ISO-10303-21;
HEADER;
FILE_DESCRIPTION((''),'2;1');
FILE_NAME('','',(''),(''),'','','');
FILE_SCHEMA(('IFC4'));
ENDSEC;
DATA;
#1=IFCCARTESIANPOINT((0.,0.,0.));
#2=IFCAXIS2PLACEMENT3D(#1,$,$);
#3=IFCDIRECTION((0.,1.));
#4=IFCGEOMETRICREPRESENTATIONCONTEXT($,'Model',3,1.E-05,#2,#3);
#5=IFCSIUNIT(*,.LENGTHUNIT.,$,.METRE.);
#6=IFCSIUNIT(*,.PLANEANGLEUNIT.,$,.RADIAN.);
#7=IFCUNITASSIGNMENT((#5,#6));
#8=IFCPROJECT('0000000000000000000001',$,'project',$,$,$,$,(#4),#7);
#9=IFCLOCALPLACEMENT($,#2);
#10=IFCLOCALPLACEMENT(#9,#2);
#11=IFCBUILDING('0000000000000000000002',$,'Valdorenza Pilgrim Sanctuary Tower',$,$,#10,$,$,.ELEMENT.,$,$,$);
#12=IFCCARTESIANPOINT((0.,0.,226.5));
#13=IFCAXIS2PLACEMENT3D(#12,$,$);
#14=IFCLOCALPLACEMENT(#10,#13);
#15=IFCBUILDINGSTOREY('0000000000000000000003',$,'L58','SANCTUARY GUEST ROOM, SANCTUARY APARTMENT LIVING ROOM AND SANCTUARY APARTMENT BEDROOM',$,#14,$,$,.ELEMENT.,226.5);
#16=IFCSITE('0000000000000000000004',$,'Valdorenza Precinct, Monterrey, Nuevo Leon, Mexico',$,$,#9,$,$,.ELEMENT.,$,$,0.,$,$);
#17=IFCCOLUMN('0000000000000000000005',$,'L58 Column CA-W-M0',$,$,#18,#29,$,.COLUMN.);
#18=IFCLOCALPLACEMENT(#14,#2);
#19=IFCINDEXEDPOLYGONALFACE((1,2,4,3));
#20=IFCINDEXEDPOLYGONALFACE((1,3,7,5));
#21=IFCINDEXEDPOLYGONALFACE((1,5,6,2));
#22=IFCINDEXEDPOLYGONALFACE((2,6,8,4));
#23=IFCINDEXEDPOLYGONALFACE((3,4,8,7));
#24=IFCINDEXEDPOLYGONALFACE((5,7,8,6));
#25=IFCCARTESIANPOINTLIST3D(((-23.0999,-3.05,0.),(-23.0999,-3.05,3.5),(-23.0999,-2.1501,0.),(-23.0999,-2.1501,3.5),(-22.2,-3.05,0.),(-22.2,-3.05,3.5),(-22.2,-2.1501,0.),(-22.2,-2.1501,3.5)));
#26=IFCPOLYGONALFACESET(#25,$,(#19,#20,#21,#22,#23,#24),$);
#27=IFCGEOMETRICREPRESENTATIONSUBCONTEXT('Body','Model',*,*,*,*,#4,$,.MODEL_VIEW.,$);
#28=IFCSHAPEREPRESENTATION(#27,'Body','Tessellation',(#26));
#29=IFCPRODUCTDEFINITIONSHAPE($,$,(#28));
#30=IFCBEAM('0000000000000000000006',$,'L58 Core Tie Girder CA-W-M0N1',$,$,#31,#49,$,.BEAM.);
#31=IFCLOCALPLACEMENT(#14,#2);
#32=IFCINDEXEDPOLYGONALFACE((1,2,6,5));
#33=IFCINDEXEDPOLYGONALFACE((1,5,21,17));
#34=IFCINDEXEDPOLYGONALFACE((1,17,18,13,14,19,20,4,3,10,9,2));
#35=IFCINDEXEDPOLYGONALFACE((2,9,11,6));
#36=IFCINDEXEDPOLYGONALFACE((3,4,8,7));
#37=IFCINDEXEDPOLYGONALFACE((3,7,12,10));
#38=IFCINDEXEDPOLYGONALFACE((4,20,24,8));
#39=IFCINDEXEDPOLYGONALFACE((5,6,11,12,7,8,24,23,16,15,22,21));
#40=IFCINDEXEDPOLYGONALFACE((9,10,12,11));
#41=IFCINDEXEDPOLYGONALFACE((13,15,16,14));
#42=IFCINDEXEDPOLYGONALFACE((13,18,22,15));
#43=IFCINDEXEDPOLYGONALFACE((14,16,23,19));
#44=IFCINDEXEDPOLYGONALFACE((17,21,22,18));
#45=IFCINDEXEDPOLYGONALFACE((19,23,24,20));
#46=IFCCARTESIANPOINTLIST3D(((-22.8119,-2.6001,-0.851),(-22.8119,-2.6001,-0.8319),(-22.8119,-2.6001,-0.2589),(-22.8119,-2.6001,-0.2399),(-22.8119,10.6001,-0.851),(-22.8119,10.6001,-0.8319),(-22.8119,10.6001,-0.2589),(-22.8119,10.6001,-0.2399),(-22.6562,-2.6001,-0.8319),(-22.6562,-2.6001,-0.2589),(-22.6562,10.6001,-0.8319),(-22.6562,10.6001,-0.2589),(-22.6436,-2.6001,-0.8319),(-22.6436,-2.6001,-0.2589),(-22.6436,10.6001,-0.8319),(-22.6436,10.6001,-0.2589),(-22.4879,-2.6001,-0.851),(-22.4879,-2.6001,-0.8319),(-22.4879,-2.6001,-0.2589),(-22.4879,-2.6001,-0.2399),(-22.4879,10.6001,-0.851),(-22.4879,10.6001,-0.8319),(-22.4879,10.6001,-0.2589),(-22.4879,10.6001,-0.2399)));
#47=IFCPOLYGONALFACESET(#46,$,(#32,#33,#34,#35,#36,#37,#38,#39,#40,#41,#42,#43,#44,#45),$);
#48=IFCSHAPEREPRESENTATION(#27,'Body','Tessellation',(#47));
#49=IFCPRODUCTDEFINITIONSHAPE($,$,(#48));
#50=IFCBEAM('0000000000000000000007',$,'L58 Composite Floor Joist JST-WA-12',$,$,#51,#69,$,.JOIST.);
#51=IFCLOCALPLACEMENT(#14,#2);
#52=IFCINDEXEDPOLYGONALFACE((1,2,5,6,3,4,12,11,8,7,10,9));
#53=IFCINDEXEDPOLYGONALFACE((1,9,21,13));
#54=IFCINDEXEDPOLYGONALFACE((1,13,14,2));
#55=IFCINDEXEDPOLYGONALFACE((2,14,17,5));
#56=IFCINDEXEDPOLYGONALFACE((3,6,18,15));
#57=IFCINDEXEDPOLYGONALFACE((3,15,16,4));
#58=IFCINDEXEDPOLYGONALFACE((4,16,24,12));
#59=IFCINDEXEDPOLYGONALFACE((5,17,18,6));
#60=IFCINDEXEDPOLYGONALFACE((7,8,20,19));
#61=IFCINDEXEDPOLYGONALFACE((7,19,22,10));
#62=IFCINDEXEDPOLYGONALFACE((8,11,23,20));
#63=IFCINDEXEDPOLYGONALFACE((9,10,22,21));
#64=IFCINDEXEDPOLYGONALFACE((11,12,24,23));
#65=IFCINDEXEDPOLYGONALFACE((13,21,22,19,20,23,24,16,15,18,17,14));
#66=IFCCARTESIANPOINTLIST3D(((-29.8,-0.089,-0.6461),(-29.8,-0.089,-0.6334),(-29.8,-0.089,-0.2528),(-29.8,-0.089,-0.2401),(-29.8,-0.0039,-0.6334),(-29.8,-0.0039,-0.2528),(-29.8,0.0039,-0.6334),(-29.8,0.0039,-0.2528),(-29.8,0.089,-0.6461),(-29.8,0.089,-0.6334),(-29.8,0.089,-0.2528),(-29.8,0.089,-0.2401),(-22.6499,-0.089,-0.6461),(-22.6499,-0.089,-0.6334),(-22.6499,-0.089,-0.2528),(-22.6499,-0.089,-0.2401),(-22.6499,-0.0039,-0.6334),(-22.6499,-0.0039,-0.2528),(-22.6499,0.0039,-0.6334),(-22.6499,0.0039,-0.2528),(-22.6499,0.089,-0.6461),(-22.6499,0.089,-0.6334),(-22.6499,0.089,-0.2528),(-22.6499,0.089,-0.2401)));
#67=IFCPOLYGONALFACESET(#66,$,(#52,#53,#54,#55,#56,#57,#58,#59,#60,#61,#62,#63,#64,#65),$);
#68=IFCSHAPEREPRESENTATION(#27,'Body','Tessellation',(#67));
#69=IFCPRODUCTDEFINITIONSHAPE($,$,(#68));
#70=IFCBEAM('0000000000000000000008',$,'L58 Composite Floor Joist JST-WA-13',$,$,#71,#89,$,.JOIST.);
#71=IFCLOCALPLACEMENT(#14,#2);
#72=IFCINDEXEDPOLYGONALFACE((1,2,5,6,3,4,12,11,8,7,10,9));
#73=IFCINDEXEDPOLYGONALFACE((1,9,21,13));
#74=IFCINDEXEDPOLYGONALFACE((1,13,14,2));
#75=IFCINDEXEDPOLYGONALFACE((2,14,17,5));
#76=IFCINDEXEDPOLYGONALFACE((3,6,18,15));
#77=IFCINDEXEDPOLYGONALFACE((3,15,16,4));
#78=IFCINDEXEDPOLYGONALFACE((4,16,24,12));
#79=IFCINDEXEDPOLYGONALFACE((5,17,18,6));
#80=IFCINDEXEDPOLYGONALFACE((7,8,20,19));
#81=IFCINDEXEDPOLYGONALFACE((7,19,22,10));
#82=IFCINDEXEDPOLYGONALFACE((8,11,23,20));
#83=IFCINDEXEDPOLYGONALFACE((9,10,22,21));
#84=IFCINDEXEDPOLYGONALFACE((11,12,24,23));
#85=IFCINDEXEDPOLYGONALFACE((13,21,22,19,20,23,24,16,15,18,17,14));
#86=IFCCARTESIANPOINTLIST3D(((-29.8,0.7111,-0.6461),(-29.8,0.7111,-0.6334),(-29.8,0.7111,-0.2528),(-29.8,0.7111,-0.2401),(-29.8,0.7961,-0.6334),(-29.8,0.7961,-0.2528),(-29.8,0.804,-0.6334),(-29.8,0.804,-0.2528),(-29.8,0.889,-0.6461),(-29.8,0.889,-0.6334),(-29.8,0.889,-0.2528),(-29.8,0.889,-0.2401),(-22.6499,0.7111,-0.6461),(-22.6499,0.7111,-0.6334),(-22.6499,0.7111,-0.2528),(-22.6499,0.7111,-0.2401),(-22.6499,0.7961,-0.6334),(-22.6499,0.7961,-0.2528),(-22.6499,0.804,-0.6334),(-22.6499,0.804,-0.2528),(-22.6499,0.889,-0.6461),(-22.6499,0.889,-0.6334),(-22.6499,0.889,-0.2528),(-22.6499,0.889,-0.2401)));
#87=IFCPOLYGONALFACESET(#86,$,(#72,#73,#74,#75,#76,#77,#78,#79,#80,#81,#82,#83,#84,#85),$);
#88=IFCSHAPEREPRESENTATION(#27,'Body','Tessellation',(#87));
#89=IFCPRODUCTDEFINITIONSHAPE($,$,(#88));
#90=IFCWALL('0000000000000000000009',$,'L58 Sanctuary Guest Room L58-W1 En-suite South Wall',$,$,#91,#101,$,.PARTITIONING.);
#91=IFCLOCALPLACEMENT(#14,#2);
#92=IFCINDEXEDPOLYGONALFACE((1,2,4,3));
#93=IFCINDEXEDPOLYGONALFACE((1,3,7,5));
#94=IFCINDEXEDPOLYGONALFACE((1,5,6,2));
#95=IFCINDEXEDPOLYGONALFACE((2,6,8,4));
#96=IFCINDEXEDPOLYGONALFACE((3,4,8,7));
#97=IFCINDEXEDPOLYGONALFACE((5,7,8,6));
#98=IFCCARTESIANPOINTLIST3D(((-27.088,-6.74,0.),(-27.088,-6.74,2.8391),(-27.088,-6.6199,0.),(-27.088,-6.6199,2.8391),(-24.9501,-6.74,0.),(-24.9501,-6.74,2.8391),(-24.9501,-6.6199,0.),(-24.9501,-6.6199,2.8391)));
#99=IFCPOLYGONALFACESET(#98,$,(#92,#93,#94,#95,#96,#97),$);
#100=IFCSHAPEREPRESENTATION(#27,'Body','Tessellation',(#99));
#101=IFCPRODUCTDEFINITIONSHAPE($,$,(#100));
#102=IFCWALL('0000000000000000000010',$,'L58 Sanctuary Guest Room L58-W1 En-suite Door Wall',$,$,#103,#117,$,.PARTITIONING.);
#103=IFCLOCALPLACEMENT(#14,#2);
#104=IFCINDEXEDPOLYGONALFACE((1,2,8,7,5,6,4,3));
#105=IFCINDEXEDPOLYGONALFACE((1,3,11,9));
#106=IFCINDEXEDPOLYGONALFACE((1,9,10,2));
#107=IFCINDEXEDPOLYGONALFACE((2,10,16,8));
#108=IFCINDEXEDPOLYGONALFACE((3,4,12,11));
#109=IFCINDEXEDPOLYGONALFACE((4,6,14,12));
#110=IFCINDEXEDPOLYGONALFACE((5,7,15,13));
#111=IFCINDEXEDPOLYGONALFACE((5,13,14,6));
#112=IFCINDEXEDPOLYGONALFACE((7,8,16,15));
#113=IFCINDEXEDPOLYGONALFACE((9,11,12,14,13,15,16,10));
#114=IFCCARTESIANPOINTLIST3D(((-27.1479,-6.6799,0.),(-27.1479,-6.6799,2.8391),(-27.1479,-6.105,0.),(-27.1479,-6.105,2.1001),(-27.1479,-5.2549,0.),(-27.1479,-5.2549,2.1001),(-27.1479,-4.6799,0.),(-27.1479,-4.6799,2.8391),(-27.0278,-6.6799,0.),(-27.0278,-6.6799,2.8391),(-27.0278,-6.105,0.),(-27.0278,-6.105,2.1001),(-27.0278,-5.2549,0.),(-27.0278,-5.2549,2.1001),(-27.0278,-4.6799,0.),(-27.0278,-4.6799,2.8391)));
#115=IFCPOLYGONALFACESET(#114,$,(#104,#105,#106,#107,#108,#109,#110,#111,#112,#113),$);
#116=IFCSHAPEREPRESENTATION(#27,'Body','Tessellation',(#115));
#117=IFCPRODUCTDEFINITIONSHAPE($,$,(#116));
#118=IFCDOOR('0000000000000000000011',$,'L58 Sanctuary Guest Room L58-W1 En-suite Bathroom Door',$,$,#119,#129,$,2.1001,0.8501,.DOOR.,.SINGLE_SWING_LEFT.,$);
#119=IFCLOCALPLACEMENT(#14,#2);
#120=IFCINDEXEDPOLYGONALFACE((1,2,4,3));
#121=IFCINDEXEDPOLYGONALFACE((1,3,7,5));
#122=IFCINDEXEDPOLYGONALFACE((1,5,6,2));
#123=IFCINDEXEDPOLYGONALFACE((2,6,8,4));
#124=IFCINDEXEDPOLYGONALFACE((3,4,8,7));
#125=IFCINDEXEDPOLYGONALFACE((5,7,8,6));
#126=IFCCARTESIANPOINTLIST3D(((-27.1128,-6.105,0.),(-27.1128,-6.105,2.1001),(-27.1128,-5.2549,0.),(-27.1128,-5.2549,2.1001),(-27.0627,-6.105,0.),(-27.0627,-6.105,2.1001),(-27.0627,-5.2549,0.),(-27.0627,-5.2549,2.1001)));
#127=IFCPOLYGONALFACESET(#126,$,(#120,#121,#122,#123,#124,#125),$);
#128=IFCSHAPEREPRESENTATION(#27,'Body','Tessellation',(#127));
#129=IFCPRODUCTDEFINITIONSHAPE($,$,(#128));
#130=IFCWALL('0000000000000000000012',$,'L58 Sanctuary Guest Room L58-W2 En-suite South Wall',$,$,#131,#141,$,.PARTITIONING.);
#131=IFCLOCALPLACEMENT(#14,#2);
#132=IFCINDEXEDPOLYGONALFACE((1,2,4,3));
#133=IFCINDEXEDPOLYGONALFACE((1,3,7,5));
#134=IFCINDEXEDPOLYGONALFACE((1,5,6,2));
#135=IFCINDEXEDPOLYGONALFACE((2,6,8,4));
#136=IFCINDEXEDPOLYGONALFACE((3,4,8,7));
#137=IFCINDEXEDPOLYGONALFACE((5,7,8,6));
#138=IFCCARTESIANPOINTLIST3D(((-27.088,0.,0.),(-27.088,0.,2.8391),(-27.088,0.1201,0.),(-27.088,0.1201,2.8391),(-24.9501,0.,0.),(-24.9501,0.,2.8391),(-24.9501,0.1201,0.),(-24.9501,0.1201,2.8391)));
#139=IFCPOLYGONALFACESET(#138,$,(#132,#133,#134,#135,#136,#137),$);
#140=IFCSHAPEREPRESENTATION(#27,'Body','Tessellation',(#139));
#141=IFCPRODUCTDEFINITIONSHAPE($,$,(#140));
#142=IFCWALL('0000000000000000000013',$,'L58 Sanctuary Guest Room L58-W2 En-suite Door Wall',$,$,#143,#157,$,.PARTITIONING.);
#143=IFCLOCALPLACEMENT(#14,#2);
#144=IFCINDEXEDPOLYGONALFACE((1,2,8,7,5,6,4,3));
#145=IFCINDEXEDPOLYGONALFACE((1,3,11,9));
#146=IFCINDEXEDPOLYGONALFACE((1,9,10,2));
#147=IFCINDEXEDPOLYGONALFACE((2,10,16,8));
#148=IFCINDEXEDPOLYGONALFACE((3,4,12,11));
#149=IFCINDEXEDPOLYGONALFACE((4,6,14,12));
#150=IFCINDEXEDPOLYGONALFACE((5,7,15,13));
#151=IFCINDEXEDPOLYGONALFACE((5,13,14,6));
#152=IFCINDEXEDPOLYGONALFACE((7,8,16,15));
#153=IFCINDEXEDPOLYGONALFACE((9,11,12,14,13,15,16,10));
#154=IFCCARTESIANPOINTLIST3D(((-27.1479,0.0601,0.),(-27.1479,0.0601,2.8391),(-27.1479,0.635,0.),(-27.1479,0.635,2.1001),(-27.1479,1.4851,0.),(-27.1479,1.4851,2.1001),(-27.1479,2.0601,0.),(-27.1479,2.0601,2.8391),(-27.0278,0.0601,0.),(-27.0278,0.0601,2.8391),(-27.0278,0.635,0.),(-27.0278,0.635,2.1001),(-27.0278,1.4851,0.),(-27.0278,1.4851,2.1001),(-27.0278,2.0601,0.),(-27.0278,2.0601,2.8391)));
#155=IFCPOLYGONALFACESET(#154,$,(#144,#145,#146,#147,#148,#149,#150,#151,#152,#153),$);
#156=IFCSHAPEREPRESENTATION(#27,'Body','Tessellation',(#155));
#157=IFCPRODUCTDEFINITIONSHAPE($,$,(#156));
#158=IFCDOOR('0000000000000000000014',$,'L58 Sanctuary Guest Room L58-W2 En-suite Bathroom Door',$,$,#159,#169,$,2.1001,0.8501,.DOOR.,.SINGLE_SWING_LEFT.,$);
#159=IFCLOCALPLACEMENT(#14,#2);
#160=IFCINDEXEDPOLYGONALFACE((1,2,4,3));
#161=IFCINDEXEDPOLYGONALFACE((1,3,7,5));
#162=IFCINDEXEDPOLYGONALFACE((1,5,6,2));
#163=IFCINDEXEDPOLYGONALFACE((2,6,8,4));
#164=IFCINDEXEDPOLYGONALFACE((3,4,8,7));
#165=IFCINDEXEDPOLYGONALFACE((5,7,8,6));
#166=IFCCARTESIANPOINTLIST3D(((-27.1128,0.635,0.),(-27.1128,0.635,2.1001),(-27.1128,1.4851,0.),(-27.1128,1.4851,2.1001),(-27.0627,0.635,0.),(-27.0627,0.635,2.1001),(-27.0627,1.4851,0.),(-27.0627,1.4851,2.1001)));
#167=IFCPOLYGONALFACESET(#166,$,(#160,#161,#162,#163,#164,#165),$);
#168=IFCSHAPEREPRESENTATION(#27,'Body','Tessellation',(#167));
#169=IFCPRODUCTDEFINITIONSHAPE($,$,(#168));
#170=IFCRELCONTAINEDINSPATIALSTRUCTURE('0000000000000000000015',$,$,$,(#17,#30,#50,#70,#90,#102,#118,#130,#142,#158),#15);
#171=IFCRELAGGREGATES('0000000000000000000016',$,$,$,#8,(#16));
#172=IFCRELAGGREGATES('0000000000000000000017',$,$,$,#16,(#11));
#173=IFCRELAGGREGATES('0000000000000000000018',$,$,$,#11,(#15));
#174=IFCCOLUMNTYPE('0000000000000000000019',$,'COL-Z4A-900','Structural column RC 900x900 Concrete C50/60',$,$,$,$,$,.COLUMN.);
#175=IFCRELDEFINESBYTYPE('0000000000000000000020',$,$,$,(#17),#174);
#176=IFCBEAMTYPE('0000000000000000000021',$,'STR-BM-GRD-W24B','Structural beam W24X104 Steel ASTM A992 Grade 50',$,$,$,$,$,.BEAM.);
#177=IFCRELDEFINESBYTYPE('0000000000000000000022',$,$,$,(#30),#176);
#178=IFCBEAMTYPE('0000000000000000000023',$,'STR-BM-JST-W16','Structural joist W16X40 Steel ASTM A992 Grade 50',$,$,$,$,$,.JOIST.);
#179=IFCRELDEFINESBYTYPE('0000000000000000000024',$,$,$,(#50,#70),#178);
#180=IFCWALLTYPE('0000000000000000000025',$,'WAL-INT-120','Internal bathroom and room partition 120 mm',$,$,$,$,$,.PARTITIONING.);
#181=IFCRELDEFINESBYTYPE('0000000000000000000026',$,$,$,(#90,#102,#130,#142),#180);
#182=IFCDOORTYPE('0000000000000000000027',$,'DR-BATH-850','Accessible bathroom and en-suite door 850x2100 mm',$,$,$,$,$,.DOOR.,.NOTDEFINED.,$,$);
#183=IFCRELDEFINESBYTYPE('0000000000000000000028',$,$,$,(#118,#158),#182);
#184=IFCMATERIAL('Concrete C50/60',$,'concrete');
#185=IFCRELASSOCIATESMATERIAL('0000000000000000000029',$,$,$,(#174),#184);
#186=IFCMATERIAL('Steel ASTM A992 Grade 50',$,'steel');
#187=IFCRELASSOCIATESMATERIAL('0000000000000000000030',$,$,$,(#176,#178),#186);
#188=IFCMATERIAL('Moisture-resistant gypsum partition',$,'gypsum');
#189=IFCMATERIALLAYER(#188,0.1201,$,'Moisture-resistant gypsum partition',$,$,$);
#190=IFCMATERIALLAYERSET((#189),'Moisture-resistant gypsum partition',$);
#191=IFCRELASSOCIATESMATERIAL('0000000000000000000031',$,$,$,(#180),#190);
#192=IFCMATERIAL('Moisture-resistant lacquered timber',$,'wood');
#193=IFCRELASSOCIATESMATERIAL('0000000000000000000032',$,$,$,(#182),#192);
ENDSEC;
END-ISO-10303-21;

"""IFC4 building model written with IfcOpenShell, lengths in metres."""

from ifc_helpers import new_model, si_unit, direction, frame, frame_2d, origin, origin_2d, place, context, subcontext, project, spatial, rectangle, i_section, extrude, source, transform, mapped, material, layer, layer_set, material_profile, profile_set, type_object, element, fill, save


model = new_model("IFC4")

# Units and contexts
model_context = context("Model", 3, precision=1e-05, world=origin(), true_north=direction((0.0, 1.0)))
body_context = subcontext(model_context, "Body", "Model", "MODEL_VIEW")
ifc_project = project(units=[si_unit("LENGTHUNIT", "METRE"), si_unit("PLANEANGLEUNIT", "RADIAN")], contexts=[model_context])

# Site, building, storey
site_placement = place(None, origin())
site = spatial("IfcSite", under=ifc_project, at=site_placement, Name="Valdorenza Precinct, Monterrey, Nuevo Leon, Mexico", CompositionType="ELEMENT", RefElevation=0.0)
building_placement = place(site_placement, origin())
building = spatial("IfcBuilding", under=site, at=building_placement, Name="Valdorenza Pilgrim Sanctuary Tower", CompositionType="ELEMENT")
storey_placement = place(building_placement, frame((0.0, 0.0, 226.5)))
storey = spatial("IfcBuildingStorey", under=building, at=storey_placement, Name="L58", Description="SANCTUARY GUEST ROOM, SANCTUARY APARTMENT LIVING ROOM AND SANCTUARY APARTMENT BEDROOM", CompositionType="ELEMENT", Elevation=226.5)

# Column
ifc_material_1 = material(Name="Concrete C50/60", Category="concrete")
ifc_material_profile_1 = material_profile(ifc_material_1, rectangle(XDim=0.8999, YDim=0.8999, at=origin_2d()), Name="RC 900x900")
ifc_profile_set_1 = profile_set([ifc_material_profile_1], Name="Concrete C50/60")
column_type = type_object("IfcColumnType", Name="COL-Z4A-900", Description="Structural column RC 900x900 Concrete C50/60", PredefinedType="COLUMN", material=ifc_profile_set_1)
shared_shape_1 = source(origin(), body_context, "Body", "SweptSolid", [
    extrude(rectangle(XDim=0.8999, YDim=0.8999, at=origin_2d()), origin(), (0.0, 0.0, 1.0), 3.5),
])
column_placement = place(storey_placement, frame((-22.6499, -2.6001, 0.0), z_axis=(0.0, 0.0, 1.0), x_axis=(1.0, 0.0, 0.0)))
element("IfcColumn", 1, at=column_placement, inside=storey, type_object=column_type, Name="L58 Column CA-W-M0", PredefinedType="COLUMN", context=body_context, shape_type="MappedRepresentation", body=[
    mapped(shared_shape_1, transform((0.0, 0.0, 0.0), x_axis=(1.0, 0.0, 0.0), y_axis=(0.0, 1.0, 0.0), z_axis=(0.0, 0.0, 1.0), scale=1.0)),
])

# Beams
ifc_material_2 = material(Name="Steel ASTM A992 Grade 50", Category="steel")
ifc_material_profile_2 = material_profile(ifc_material_2, i_section(OverallWidth=0.324, OverallDepth=0.6111, WebThickness=0.0127, FlangeThickness=0.019, at=origin_2d()), Name="W24X104")
ifc_profile_set_2 = profile_set([ifc_material_profile_2], Name="Steel ASTM A992 Grade 50")
beam_type_1 = type_object("IfcBeamType", Name="STR-BM-GRD-W24B", Description="Structural beam W24X104 Steel ASTM A992 Grade 50", PredefinedType="BEAM", material=ifc_profile_set_2)
shared_shape_2 = source(origin(), body_context, "Body", "SweptSolid", [
    extrude(i_section(OverallWidth=0.324, OverallDepth=0.6111, WebThickness=0.0127, FlangeThickness=0.019, at=origin_2d()), origin(), (0.0, 0.0, 1.0), 13.2002),
])
beam_placement = place(storey_placement, frame((-22.6499, -2.6001, -0.5454), z_axis=(0.0, 1.0, 0.0), x_axis=(-1.0, 0.0, 0.0)))
element("IfcBeam", 2, at=beam_placement, inside=storey, type_object=beam_type_1, Name="L58 Core Tie Girder CA-W-M0N1", PredefinedType="BEAM", context=body_context, shape_type="MappedRepresentation", body=[
    mapped(shared_shape_2, transform((0.0, 0.0, 0.0), x_axis=(1.0, 0.0, 0.0), y_axis=(0.0, 1.0, 0.0), z_axis=(0.0, 0.0, 1.0), scale=1.0)),
])
ifc_material_profile_3 = material_profile(ifc_material_2, i_section(OverallWidth=0.178, OverallDepth=0.406, WebThickness=0.0078, FlangeThickness=0.0127, at=origin_2d()), Name="W16X40")
ifc_profile_set_3 = profile_set([ifc_material_profile_3], Name="Steel ASTM A992 Grade 50")
beam_type_2 = type_object("IfcBeamType", Name="STR-BM-JST-W16", Description="Structural joist W16X40 Steel ASTM A992 Grade 50", PredefinedType="JOIST", material=ifc_profile_set_3)
shared_shape_3 = source(origin(), body_context, "Body", "SweptSolid", [
    extrude(i_section(OverallWidth=0.178, OverallDepth=0.406, WebThickness=0.0078, FlangeThickness=0.0127, at=origin_2d()), origin(), (0.0, 0.0, 1.0), 7.1501),
])
for number, where, z_axis, x_axis, name in (
    (3, (-29.8, 0.0, -0.4431), (1.0, 0.0, 0.0), (0.0, 1.0, 0.0), "L58 Composite Floor Joist JST-WA-12"),
    (4, (-29.8, 0.8, -0.4431), (1.0, 0.0, 0.0), (0.0, 1.0, 0.0), "L58 Composite Floor Joist JST-WA-13"),
):
    element("IfcBeam", number, at=place(storey_placement, frame(where, z_axis=z_axis, x_axis=x_axis)), inside=storey, type_object=beam_type_2, Name=name, PredefinedType="JOIST", context=body_context, shape_type="MappedRepresentation", body=[
        mapped(shared_shape_3, transform((0.0, 0.0, 0.0), x_axis=(1.0, 0.0, 0.0), y_axis=(0.0, 1.0, 0.0), z_axis=(0.0, 0.0, 1.0), scale=1.0)),
    ])

# Wall
ifc_material_3 = material(Name="Moisture-resistant gypsum partition", Category="gypsum")
ifc_layer_1 = layer(ifc_material_3, 0.1201, Name="Moisture-resistant gypsum partition")
ifc_layer_set_1 = layer_set([ifc_layer_1], Name="Moisture-resistant gypsum partition")
wall_type_1 = type_object("IfcWallType", Name="WAL-INT-120", Description="Internal bathroom and room partition 120 mm", PredefinedType="PARTITIONING", material=ifc_layer_set_1)
wall_1_placement = place(storey_placement, frame((-27.0879, -6.6799, 0.0), z_axis=(0.0, 0.0, 1.0), x_axis=(1.0, 0.0, 0.0)))
element("IfcWall", 5, at=wall_1_placement, inside=storey, type_object=wall_type_1, Name="L58 Sanctuary Guest Room L58-W1 En-suite South Wall", PredefinedType="PARTITIONING", context=body_context, shape_type="SweptSolid", body=[
    extrude(rectangle(XDim=2.1379, YDim=0.1201, at=frame_2d((1.0688, 0.0))), origin(), (0.0, 0.0, 1.0), 2.8391),
])

# Wall, opening, door
wall_2_placement = place(storey_placement, frame((-27.0879, -6.6799, 0.0), z_axis=(0.0, 0.0, 1.0), x_axis=(0.0, 1.0, 0.0)))
wall_2 = element("IfcWall", 6, at=wall_2_placement, inside=storey, type_object=wall_type_1, Name="L58 Sanctuary Guest Room L58-W1 En-suite Door Wall", PredefinedType="PARTITIONING", context=body_context, shape_type="SweptSolid", body=[
    extrude(rectangle(XDim=2.0, YDim=0.1201, at=frame_2d((1.0, 0.0))), origin(), (0.0, 0.0, 1.0), 2.8391),
])
opening_1_placement = place(wall_2_placement, frame((0.575, 0.0, 0.0)))
opening_1 = element("IfcOpeningElement", 7, at=opening_1_placement, cuts=wall_2, PredefinedType="OPENING", context=body_context, shape_type="SweptSolid", body=[
    extrude(rectangle(XDim=0.8501, YDim=2.1001, at=frame_2d((0.425, 1.05))), frame((0.0, 0.075, 0.0), z_axis=(0.0, -1.0, 0.0), x_axis=(1.0, 0.0, 0.0)), (0.0, 0.0, 1.0), 0.1499),
])
ifc_material_4 = material(Name="Moisture-resistant lacquered timber", Category="wood")
door_type_1 = type_object("IfcDoorType", Name="DR-BATH-850", Description="Accessible bathroom and en-suite door 850x2100 mm", OperationType="NOTDEFINED", PredefinedType="DOOR", material=ifc_material_4)
door_1_placement = place(opening_1_placement, origin())
door_1 = element("IfcDoor", 8, at=door_1_placement, inside=storey, type_object=door_type_1, Name="L58 Sanctuary Guest Room L58-W1 En-suite Bathroom Door", OperationType="SINGLE_SWING_LEFT", OverallHeight=2.1001, OverallWidth=0.8501, PredefinedType="DOOR", context=body_context, shape_type="SweptSolid", body=[
    extrude(rectangle(XDim=0.8501, YDim=2.1001, at=frame_2d((0.425, 1.05))), frame((0.0, 0.0249, 0.0), z_axis=(0.0, -1.0, 0.0), x_axis=(1.0, 0.0, 0.0)), (0.0, 0.0, 1.0), 0.05),
])
fill(opening_1, door_1)

# Wall
wall_3_placement = place(storey_placement, frame((-27.0879, 0.0601, 0.0), z_axis=(0.0, 0.0, 1.0), x_axis=(1.0, 0.0, 0.0)))
element("IfcWall", 9, at=wall_3_placement, inside=storey, type_object=wall_type_1, Name="L58 Sanctuary Guest Room L58-W2 En-suite South Wall", PredefinedType="PARTITIONING", context=body_context, shape_type="SweptSolid", body=[
    extrude(rectangle(XDim=2.1379, YDim=0.1201, at=frame_2d((1.0688, 0.0))), origin(), (0.0, 0.0, 1.0), 2.8391),
])

# Wall, opening, door
wall_4_placement = place(storey_placement, frame((-27.0879, 0.0601, 0.0), z_axis=(0.0, 0.0, 1.0), x_axis=(0.0, 1.0, 0.0)))
wall_4 = element("IfcWall", 10, at=wall_4_placement, inside=storey, type_object=wall_type_1, Name="L58 Sanctuary Guest Room L58-W2 En-suite Door Wall", PredefinedType="PARTITIONING", context=body_context, shape_type="SweptSolid", body=[
    extrude(rectangle(XDim=2.0, YDim=0.1201, at=frame_2d((1.0, 0.0))), origin(), (0.0, 0.0, 1.0), 2.8391),
])
opening_2_placement = place(wall_4_placement, frame((0.575, 0.0, 0.0)))
opening_2 = element("IfcOpeningElement", 11, at=opening_2_placement, cuts=wall_4, PredefinedType="OPENING", context=body_context, shape_type="SweptSolid", body=[
    extrude(rectangle(XDim=0.8501, YDim=2.1001, at=frame_2d((0.425, 1.05))), frame((0.0, 0.075, 0.0), z_axis=(0.0, -1.0, 0.0), x_axis=(1.0, 0.0, 0.0)), (0.0, 0.0, 1.0), 0.1499),
])
door_2_placement = place(opening_2_placement, origin())
door_2 = element("IfcDoor", 12, at=door_2_placement, inside=storey, type_object=door_type_1, Name="L58 Sanctuary Guest Room L58-W2 En-suite Bathroom Door", OperationType="SINGLE_SWING_LEFT", OverallHeight=2.1001, OverallWidth=0.8501, PredefinedType="DOOR", context=body_context, shape_type="SweptSolid", body=[
    extrude(rectangle(XDim=0.8501, YDim=2.1001, at=frame_2d((0.425, 1.05))), frame((0.0, 0.0249, 0.0), z_axis=(0.0, -1.0, 0.0), x_axis=(1.0, 0.0, 0.0)), (0.0, 0.0, 1.0), 0.05),
])
fill(opening_2, door_2)

save(model, "model.ifc")
